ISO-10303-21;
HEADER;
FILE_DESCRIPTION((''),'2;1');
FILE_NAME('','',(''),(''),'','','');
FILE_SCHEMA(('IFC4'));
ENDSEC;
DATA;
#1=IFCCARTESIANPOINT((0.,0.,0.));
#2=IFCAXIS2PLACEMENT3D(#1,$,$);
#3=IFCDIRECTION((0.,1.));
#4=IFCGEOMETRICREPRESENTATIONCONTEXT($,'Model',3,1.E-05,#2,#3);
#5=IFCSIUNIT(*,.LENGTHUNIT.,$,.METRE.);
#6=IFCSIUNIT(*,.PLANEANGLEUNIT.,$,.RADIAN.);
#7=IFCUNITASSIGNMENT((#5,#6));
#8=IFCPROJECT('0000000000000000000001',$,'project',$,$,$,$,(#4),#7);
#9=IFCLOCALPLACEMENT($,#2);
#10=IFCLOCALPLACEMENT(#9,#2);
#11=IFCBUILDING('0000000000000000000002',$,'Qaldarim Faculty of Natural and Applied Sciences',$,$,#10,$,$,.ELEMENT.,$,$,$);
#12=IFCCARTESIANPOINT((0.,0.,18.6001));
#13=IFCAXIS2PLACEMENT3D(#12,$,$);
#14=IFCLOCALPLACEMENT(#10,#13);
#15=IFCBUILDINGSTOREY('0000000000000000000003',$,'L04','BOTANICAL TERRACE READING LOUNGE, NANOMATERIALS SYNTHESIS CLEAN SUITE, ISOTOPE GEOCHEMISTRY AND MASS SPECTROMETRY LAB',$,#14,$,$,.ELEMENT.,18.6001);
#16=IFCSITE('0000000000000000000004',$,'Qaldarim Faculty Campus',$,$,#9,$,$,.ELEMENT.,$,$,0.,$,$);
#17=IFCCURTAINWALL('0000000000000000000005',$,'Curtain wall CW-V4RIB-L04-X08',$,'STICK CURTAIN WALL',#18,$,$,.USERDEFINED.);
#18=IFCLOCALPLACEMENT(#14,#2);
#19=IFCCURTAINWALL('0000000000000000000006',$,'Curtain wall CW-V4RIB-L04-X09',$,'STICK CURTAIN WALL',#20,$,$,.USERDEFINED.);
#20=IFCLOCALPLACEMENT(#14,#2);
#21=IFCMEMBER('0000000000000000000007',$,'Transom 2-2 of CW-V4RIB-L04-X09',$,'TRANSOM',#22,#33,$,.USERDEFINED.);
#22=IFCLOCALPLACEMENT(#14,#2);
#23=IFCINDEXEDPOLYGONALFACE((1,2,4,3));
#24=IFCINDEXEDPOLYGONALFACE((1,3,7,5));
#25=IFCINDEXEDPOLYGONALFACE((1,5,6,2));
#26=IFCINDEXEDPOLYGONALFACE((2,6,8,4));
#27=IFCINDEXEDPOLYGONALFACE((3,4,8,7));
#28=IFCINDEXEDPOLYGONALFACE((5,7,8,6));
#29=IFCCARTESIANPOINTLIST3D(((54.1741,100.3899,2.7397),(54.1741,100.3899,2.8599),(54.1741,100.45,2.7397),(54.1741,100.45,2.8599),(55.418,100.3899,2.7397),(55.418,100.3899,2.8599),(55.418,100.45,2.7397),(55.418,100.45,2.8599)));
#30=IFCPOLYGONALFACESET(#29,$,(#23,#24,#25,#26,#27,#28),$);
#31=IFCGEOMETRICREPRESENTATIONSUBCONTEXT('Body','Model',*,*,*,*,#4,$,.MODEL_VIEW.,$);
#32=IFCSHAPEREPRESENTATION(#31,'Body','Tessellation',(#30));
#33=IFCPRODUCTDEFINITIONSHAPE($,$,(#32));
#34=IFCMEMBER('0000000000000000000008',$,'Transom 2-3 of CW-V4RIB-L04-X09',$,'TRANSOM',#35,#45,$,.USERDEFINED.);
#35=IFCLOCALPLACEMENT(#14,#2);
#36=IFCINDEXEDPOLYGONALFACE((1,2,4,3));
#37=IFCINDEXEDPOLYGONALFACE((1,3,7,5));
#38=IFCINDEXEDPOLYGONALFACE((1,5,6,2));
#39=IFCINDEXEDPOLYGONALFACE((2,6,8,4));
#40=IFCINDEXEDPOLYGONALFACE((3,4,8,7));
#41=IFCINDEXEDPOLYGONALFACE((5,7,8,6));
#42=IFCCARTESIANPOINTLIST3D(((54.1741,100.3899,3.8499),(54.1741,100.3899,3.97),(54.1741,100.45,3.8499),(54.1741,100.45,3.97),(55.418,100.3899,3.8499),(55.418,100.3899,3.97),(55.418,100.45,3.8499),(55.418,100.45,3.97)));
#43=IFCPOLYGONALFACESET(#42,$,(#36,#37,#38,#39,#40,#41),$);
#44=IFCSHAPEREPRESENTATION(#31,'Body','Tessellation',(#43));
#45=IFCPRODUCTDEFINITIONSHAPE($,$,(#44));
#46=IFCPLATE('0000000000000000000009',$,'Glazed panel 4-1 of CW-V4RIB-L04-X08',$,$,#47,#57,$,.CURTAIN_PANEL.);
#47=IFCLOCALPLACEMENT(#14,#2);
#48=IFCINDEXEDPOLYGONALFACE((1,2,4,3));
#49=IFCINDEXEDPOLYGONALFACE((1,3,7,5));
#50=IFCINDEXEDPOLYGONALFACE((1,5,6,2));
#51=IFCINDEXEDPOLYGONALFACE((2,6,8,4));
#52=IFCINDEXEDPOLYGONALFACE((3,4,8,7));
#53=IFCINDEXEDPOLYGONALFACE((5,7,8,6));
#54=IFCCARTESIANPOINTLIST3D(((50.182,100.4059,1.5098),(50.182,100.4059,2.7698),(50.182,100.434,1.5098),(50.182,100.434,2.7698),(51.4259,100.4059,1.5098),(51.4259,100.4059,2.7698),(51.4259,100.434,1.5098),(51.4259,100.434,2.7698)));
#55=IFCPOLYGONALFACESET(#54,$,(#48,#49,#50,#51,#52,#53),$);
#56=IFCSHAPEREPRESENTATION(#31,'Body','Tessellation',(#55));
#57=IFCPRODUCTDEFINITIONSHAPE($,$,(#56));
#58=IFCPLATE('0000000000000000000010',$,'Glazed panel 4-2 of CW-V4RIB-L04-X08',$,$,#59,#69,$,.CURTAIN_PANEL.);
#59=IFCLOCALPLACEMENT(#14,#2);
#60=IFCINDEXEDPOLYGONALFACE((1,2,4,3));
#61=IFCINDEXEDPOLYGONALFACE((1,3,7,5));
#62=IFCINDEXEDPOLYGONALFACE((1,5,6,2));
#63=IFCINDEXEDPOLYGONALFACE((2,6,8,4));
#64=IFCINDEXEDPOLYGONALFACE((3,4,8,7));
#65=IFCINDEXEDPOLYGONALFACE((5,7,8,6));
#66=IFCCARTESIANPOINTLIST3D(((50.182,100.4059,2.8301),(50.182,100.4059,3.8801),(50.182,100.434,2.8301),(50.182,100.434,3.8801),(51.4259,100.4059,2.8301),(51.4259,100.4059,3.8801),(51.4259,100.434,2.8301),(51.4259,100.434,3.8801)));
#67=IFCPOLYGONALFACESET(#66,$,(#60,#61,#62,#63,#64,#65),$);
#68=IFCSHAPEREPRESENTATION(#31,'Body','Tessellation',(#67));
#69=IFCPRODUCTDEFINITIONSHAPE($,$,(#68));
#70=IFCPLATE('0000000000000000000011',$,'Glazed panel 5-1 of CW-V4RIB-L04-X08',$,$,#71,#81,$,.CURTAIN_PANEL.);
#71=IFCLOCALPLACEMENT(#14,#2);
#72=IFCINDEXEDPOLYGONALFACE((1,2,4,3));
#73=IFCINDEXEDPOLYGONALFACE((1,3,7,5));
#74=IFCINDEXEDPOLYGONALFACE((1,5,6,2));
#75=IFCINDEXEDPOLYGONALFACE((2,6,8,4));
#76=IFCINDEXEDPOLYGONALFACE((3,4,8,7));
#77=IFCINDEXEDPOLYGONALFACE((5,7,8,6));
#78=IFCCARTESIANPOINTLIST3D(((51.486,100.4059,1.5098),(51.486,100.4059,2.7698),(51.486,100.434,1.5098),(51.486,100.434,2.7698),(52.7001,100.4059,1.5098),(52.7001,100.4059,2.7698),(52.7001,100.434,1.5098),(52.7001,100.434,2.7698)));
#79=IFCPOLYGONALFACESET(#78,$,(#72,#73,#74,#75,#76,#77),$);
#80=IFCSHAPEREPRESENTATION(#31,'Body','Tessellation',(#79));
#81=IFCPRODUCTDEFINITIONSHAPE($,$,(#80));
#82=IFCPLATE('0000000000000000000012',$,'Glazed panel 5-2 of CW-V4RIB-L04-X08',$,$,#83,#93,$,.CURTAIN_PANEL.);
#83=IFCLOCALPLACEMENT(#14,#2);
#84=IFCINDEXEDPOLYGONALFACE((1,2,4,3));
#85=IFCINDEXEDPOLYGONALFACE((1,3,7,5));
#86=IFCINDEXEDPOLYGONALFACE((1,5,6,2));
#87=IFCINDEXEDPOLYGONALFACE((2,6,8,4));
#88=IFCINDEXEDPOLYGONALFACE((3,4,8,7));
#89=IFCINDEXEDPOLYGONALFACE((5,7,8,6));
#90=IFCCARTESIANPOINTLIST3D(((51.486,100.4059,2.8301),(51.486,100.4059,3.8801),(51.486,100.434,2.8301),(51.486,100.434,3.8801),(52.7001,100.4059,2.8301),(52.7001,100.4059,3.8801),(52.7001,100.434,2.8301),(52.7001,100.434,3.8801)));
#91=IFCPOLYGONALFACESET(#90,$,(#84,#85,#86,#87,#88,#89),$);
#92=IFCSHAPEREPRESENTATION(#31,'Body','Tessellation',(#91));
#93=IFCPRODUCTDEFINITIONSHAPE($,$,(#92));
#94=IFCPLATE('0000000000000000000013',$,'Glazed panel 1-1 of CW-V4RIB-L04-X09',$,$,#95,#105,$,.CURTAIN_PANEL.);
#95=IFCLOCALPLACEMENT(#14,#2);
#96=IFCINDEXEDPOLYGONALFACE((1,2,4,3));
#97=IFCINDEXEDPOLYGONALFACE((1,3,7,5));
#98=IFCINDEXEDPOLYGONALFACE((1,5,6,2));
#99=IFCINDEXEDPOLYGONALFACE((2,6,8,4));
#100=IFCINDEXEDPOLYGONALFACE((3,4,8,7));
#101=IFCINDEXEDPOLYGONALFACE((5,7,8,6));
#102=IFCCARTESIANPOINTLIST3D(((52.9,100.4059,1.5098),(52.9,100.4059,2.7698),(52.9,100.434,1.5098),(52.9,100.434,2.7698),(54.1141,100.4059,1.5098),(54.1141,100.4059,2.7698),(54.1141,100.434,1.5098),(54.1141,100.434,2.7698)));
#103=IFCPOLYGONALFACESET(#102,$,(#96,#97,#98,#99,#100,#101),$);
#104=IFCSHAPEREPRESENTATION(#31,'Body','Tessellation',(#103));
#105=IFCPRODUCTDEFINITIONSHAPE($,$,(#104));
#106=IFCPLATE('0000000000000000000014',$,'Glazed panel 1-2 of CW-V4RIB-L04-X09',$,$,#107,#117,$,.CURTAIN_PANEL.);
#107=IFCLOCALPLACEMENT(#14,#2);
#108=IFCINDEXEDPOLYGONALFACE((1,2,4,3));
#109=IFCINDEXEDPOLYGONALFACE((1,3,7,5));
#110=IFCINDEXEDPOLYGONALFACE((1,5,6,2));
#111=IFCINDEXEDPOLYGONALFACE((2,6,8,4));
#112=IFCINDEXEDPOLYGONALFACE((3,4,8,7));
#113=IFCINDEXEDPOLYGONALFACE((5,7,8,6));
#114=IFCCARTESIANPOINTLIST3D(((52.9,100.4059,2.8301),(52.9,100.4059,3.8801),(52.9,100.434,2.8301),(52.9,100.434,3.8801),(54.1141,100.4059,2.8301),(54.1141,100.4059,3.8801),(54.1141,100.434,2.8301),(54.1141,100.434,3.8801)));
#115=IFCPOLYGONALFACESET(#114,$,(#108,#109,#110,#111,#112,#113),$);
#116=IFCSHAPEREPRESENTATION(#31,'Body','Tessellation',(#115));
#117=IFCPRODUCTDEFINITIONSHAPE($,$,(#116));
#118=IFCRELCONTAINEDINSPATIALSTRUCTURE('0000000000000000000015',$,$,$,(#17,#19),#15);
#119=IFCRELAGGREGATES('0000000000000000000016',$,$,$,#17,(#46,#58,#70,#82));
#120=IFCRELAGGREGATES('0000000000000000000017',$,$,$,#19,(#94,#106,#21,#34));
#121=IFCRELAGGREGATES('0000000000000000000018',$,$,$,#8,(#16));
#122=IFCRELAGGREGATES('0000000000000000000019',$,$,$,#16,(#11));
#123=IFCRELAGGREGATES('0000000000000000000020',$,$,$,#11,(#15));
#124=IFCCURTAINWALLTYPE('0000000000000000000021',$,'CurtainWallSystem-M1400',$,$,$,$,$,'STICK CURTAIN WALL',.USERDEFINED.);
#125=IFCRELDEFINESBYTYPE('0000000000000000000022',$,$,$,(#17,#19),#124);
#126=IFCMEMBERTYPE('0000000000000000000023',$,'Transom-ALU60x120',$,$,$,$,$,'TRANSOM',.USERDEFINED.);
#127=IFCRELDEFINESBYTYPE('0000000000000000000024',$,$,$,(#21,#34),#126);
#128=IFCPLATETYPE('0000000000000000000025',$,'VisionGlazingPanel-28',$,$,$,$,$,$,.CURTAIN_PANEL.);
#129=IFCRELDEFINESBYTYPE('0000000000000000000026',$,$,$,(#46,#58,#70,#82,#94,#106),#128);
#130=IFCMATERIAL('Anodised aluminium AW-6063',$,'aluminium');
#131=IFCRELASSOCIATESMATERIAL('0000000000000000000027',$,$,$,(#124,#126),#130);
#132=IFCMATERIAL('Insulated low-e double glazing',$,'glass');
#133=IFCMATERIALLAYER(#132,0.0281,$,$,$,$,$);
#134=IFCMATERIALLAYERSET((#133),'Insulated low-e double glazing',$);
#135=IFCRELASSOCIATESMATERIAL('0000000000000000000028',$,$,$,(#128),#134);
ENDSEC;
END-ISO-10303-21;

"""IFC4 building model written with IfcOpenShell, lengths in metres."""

from ifc_helpers import new_model, si_unit, direction, frame, origin, origin_2d, place, context, subcontext, project, spatial, rectangle, extrude, material, layer, layer_set, material_profile, profile_set, type_object, element, aggregate, save


model = new_model("IFC4")

# Units and contexts
model_context = context("Model", 3, precision=1e-05, world=origin(), true_north=direction((0.0, 1.0)))
body_context = subcontext(model_context, "Body", "Model", "MODEL_VIEW")
ifc_project = project(units=[si_unit("LENGTHUNIT", "METRE"), si_unit("PLANEANGLEUNIT", "RADIAN")], contexts=[model_context])

# Site, building, storey
site_placement = place(None, origin())
site = spatial("IfcSite", under=ifc_project, at=site_placement, Name="Qaldarim Faculty Campus", CompositionType="ELEMENT", RefElevation=0.0)
building_placement = place(site_placement, origin())
building = spatial("IfcBuilding", under=site, at=building_placement, Name="Qaldarim Faculty of Natural and Applied Sciences", CompositionType="ELEMENT")
storey_placement = place(building_placement, frame((0.0, 0.0, 18.6001)))
storey = spatial("IfcBuildingStorey", under=building, at=storey_placement, Name="L04", Description="BOTANICAL TERRACE READING LOUNGE, NANOMATERIALS SYNTHESIS CLEAN SUITE, ISOTOPE GEOCHEMISTRY AND MASS SPECTROMETRY LAB", CompositionType="ELEMENT", Elevation=18.6001)

# Curtain walls
ifc_material_1 = material(Name="Anodised aluminium AW-6063", Category="aluminium")
curtain_wall_type = type_object("IfcCurtainWallType", Name="CurtainWallSystem-M1400", ElementType="STICK CURTAIN WALL", PredefinedType="USERDEFINED", material=ifc_material_1)
curtain_wall_1_placement = place(storey_placement, origin())
curtain_wall_1 = element("IfcCurtainWall", 1, at=curtain_wall_1_placement, inside=storey, type_object=curtain_wall_type, Name="Curtain wall CW-V4RIB-L04-X08", ObjectType="STICK CURTAIN WALL", PredefinedType="USERDEFINED")
curtain_wall_2_placement = place(storey_placement, origin())
curtain_wall_2 = element("IfcCurtainWall", 2, at=curtain_wall_2_placement, inside=storey, type_object=curtain_wall_type, Name="Curtain wall CW-V4RIB-L04-X09", ObjectType="STICK CURTAIN WALL", PredefinedType="USERDEFINED")

# Members
ifc_material_profile_1 = material_profile(ifc_material_1, rectangle(XDim=0.0601, YDim=0.1201, at=origin_2d()), Name="ALU-T60x120")
ifc_profile_set_1 = profile_set([ifc_material_profile_1], Name="Anodised aluminium AW-6063")
member_type_1 = type_object("IfcMemberType", Name="Transom-ALU60x120", ElementType="TRANSOM", PredefinedType="USERDEFINED", material=ifc_profile_set_1)
member_1_placement = place(storey_placement, frame((54.1741, 100.4199, 2.7998), z_axis=(1.0, 0.0, 0.0), x_axis=(0.0, 1.0, 0.0)))
member_1 = element("IfcMember", 3, at=member_1_placement, type_object=member_type_1, Name="Transom 2-2 of CW-V4RIB-L04-X09", ObjectType="TRANSOM", PredefinedType="USERDEFINED", context=body_context, shape_type="SweptSolid", body=[
    extrude(rectangle(XDim=0.0601, YDim=0.1201, at=origin_2d()), origin(), (0.0, 0.0, 1.0), 1.2439),
])
member_2_placement = place(storey_placement, frame((54.1741, 100.4199, 3.9099), z_axis=(1.0, 0.0, 0.0), x_axis=(0.0, 1.0, 0.0)))
member_2 = element("IfcMember", 4, at=member_2_placement, type_object=member_type_1, Name="Transom 2-3 of CW-V4RIB-L04-X09", ObjectType="TRANSOM", PredefinedType="USERDEFINED", context=body_context, shape_type="SweptSolid", body=[
    extrude(rectangle(XDim=0.0601, YDim=0.1201, at=origin_2d()), origin(), (0.0, 0.0, 1.0), 1.2439),
])

# Plates
ifc_material_2 = material(Name="Insulated low-e double glazing", Category="glass")
ifc_layer = layer(ifc_material_2, 0.0281)
ifc_layer_set = layer_set([ifc_layer], Name="Insulated low-e double glazing")
plate_type = type_object("IfcPlateType", Name="VisionGlazingPanel-28", PredefinedType="CURTAIN_PANEL", material=ifc_layer_set)
plate_1_placement = place(storey_placement, frame((50.804, 100.4199, 1.5098), z_axis=(0.0, 0.0, 1.0), x_axis=(1.0, 0.0, 0.0)))
plate_1 = element("IfcPlate", 5, at=plate_1_placement, type_object=plate_type, Name="Glazed panel 4-1 of CW-V4RIB-L04-X08", PredefinedType="CURTAIN_PANEL", context=body_context, shape_type="SweptSolid", body=[
    extrude(rectangle(XDim=1.2439, YDim=0.0281, at=origin_2d()), origin(), (0.0, 0.0, 1.0), 1.26),
])
plate_2_placement = place(storey_placement, frame((50.804, 100.4199, 2.8301), z_axis=(0.0, 0.0, 1.0), x_axis=(1.0, 0.0, 0.0)))
plate_2 = element("IfcPlate", 6, at=plate_2_placement, type_object=plate_type, Name="Glazed panel 4-2 of CW-V4RIB-L04-X08", PredefinedType="CURTAIN_PANEL", context=body_context, shape_type="SweptSolid", body=[
    extrude(rectangle(XDim=1.2439, YDim=0.0281, at=origin_2d()), origin(), (0.0, 0.0, 1.0), 1.05),
])
plate_3_placement = place(storey_placement, frame((52.093, 100.4199, 1.5098), z_axis=(0.0, 0.0, 1.0), x_axis=(1.0, 0.0, 0.0)))
plate_3 = element("IfcPlate", 7, at=plate_3_placement, type_object=plate_type, Name="Glazed panel 5-1 of CW-V4RIB-L04-X08", PredefinedType="CURTAIN_PANEL", context=body_context, shape_type="SweptSolid", body=[
    extrude(rectangle(XDim=1.2141, YDim=0.0281, at=origin_2d()), origin(), (0.0, 0.0, 1.0), 1.26),
])
plate_4_placement = place(storey_placement, frame((52.093, 100.4199, 2.8301), z_axis=(0.0, 0.0, 1.0), x_axis=(1.0, 0.0, 0.0)))
plate_4 = element("IfcPlate", 8, at=plate_4_placement, type_object=plate_type, Name="Glazed panel 5-2 of CW-V4RIB-L04-X08", PredefinedType="CURTAIN_PANEL", context=body_context, shape_type="SweptSolid", body=[
    extrude(rectangle(XDim=1.2141, YDim=0.0281, at=origin_2d()), origin(), (0.0, 0.0, 1.0), 1.05),
])
aggregate(curtain_wall_1, [plate_1, plate_2, plate_3, plate_4])
plate_5_placement = place(storey_placement, frame((53.5071, 100.4199, 1.5098), z_axis=(0.0, 0.0, 1.0), x_axis=(1.0, 0.0, 0.0)))
plate_5 = element("IfcPlate", 9, at=plate_5_placement, type_object=plate_type, Name="Glazed panel 1-1 of CW-V4RIB-L04-X09", PredefinedType="CURTAIN_PANEL", context=body_context, shape_type="SweptSolid", body=[
    extrude(rectangle(XDim=1.2141, YDim=0.0281, at=origin_2d()), origin(), (0.0, 0.0, 1.0), 1.26),
])
plate_6_placement = place(storey_placement, frame((53.5071, 100.4199, 2.8301), z_axis=(0.0, 0.0, 1.0), x_axis=(1.0, 0.0, 0.0)))
plate_6 = element("IfcPlate", 10, at=plate_6_placement, type_object=plate_type, Name="Glazed panel 1-2 of CW-V4RIB-L04-X09", PredefinedType="CURTAIN_PANEL", context=body_context, shape_type="SweptSolid", body=[
    extrude(rectangle(XDim=1.2141, YDim=0.0281, at=origin_2d()), origin(), (0.0, 0.0, 1.0), 1.05),
])
aggregate(curtain_wall_2, [plate_5, plate_6, member_1, member_2])

save(model, "model.ifc")
